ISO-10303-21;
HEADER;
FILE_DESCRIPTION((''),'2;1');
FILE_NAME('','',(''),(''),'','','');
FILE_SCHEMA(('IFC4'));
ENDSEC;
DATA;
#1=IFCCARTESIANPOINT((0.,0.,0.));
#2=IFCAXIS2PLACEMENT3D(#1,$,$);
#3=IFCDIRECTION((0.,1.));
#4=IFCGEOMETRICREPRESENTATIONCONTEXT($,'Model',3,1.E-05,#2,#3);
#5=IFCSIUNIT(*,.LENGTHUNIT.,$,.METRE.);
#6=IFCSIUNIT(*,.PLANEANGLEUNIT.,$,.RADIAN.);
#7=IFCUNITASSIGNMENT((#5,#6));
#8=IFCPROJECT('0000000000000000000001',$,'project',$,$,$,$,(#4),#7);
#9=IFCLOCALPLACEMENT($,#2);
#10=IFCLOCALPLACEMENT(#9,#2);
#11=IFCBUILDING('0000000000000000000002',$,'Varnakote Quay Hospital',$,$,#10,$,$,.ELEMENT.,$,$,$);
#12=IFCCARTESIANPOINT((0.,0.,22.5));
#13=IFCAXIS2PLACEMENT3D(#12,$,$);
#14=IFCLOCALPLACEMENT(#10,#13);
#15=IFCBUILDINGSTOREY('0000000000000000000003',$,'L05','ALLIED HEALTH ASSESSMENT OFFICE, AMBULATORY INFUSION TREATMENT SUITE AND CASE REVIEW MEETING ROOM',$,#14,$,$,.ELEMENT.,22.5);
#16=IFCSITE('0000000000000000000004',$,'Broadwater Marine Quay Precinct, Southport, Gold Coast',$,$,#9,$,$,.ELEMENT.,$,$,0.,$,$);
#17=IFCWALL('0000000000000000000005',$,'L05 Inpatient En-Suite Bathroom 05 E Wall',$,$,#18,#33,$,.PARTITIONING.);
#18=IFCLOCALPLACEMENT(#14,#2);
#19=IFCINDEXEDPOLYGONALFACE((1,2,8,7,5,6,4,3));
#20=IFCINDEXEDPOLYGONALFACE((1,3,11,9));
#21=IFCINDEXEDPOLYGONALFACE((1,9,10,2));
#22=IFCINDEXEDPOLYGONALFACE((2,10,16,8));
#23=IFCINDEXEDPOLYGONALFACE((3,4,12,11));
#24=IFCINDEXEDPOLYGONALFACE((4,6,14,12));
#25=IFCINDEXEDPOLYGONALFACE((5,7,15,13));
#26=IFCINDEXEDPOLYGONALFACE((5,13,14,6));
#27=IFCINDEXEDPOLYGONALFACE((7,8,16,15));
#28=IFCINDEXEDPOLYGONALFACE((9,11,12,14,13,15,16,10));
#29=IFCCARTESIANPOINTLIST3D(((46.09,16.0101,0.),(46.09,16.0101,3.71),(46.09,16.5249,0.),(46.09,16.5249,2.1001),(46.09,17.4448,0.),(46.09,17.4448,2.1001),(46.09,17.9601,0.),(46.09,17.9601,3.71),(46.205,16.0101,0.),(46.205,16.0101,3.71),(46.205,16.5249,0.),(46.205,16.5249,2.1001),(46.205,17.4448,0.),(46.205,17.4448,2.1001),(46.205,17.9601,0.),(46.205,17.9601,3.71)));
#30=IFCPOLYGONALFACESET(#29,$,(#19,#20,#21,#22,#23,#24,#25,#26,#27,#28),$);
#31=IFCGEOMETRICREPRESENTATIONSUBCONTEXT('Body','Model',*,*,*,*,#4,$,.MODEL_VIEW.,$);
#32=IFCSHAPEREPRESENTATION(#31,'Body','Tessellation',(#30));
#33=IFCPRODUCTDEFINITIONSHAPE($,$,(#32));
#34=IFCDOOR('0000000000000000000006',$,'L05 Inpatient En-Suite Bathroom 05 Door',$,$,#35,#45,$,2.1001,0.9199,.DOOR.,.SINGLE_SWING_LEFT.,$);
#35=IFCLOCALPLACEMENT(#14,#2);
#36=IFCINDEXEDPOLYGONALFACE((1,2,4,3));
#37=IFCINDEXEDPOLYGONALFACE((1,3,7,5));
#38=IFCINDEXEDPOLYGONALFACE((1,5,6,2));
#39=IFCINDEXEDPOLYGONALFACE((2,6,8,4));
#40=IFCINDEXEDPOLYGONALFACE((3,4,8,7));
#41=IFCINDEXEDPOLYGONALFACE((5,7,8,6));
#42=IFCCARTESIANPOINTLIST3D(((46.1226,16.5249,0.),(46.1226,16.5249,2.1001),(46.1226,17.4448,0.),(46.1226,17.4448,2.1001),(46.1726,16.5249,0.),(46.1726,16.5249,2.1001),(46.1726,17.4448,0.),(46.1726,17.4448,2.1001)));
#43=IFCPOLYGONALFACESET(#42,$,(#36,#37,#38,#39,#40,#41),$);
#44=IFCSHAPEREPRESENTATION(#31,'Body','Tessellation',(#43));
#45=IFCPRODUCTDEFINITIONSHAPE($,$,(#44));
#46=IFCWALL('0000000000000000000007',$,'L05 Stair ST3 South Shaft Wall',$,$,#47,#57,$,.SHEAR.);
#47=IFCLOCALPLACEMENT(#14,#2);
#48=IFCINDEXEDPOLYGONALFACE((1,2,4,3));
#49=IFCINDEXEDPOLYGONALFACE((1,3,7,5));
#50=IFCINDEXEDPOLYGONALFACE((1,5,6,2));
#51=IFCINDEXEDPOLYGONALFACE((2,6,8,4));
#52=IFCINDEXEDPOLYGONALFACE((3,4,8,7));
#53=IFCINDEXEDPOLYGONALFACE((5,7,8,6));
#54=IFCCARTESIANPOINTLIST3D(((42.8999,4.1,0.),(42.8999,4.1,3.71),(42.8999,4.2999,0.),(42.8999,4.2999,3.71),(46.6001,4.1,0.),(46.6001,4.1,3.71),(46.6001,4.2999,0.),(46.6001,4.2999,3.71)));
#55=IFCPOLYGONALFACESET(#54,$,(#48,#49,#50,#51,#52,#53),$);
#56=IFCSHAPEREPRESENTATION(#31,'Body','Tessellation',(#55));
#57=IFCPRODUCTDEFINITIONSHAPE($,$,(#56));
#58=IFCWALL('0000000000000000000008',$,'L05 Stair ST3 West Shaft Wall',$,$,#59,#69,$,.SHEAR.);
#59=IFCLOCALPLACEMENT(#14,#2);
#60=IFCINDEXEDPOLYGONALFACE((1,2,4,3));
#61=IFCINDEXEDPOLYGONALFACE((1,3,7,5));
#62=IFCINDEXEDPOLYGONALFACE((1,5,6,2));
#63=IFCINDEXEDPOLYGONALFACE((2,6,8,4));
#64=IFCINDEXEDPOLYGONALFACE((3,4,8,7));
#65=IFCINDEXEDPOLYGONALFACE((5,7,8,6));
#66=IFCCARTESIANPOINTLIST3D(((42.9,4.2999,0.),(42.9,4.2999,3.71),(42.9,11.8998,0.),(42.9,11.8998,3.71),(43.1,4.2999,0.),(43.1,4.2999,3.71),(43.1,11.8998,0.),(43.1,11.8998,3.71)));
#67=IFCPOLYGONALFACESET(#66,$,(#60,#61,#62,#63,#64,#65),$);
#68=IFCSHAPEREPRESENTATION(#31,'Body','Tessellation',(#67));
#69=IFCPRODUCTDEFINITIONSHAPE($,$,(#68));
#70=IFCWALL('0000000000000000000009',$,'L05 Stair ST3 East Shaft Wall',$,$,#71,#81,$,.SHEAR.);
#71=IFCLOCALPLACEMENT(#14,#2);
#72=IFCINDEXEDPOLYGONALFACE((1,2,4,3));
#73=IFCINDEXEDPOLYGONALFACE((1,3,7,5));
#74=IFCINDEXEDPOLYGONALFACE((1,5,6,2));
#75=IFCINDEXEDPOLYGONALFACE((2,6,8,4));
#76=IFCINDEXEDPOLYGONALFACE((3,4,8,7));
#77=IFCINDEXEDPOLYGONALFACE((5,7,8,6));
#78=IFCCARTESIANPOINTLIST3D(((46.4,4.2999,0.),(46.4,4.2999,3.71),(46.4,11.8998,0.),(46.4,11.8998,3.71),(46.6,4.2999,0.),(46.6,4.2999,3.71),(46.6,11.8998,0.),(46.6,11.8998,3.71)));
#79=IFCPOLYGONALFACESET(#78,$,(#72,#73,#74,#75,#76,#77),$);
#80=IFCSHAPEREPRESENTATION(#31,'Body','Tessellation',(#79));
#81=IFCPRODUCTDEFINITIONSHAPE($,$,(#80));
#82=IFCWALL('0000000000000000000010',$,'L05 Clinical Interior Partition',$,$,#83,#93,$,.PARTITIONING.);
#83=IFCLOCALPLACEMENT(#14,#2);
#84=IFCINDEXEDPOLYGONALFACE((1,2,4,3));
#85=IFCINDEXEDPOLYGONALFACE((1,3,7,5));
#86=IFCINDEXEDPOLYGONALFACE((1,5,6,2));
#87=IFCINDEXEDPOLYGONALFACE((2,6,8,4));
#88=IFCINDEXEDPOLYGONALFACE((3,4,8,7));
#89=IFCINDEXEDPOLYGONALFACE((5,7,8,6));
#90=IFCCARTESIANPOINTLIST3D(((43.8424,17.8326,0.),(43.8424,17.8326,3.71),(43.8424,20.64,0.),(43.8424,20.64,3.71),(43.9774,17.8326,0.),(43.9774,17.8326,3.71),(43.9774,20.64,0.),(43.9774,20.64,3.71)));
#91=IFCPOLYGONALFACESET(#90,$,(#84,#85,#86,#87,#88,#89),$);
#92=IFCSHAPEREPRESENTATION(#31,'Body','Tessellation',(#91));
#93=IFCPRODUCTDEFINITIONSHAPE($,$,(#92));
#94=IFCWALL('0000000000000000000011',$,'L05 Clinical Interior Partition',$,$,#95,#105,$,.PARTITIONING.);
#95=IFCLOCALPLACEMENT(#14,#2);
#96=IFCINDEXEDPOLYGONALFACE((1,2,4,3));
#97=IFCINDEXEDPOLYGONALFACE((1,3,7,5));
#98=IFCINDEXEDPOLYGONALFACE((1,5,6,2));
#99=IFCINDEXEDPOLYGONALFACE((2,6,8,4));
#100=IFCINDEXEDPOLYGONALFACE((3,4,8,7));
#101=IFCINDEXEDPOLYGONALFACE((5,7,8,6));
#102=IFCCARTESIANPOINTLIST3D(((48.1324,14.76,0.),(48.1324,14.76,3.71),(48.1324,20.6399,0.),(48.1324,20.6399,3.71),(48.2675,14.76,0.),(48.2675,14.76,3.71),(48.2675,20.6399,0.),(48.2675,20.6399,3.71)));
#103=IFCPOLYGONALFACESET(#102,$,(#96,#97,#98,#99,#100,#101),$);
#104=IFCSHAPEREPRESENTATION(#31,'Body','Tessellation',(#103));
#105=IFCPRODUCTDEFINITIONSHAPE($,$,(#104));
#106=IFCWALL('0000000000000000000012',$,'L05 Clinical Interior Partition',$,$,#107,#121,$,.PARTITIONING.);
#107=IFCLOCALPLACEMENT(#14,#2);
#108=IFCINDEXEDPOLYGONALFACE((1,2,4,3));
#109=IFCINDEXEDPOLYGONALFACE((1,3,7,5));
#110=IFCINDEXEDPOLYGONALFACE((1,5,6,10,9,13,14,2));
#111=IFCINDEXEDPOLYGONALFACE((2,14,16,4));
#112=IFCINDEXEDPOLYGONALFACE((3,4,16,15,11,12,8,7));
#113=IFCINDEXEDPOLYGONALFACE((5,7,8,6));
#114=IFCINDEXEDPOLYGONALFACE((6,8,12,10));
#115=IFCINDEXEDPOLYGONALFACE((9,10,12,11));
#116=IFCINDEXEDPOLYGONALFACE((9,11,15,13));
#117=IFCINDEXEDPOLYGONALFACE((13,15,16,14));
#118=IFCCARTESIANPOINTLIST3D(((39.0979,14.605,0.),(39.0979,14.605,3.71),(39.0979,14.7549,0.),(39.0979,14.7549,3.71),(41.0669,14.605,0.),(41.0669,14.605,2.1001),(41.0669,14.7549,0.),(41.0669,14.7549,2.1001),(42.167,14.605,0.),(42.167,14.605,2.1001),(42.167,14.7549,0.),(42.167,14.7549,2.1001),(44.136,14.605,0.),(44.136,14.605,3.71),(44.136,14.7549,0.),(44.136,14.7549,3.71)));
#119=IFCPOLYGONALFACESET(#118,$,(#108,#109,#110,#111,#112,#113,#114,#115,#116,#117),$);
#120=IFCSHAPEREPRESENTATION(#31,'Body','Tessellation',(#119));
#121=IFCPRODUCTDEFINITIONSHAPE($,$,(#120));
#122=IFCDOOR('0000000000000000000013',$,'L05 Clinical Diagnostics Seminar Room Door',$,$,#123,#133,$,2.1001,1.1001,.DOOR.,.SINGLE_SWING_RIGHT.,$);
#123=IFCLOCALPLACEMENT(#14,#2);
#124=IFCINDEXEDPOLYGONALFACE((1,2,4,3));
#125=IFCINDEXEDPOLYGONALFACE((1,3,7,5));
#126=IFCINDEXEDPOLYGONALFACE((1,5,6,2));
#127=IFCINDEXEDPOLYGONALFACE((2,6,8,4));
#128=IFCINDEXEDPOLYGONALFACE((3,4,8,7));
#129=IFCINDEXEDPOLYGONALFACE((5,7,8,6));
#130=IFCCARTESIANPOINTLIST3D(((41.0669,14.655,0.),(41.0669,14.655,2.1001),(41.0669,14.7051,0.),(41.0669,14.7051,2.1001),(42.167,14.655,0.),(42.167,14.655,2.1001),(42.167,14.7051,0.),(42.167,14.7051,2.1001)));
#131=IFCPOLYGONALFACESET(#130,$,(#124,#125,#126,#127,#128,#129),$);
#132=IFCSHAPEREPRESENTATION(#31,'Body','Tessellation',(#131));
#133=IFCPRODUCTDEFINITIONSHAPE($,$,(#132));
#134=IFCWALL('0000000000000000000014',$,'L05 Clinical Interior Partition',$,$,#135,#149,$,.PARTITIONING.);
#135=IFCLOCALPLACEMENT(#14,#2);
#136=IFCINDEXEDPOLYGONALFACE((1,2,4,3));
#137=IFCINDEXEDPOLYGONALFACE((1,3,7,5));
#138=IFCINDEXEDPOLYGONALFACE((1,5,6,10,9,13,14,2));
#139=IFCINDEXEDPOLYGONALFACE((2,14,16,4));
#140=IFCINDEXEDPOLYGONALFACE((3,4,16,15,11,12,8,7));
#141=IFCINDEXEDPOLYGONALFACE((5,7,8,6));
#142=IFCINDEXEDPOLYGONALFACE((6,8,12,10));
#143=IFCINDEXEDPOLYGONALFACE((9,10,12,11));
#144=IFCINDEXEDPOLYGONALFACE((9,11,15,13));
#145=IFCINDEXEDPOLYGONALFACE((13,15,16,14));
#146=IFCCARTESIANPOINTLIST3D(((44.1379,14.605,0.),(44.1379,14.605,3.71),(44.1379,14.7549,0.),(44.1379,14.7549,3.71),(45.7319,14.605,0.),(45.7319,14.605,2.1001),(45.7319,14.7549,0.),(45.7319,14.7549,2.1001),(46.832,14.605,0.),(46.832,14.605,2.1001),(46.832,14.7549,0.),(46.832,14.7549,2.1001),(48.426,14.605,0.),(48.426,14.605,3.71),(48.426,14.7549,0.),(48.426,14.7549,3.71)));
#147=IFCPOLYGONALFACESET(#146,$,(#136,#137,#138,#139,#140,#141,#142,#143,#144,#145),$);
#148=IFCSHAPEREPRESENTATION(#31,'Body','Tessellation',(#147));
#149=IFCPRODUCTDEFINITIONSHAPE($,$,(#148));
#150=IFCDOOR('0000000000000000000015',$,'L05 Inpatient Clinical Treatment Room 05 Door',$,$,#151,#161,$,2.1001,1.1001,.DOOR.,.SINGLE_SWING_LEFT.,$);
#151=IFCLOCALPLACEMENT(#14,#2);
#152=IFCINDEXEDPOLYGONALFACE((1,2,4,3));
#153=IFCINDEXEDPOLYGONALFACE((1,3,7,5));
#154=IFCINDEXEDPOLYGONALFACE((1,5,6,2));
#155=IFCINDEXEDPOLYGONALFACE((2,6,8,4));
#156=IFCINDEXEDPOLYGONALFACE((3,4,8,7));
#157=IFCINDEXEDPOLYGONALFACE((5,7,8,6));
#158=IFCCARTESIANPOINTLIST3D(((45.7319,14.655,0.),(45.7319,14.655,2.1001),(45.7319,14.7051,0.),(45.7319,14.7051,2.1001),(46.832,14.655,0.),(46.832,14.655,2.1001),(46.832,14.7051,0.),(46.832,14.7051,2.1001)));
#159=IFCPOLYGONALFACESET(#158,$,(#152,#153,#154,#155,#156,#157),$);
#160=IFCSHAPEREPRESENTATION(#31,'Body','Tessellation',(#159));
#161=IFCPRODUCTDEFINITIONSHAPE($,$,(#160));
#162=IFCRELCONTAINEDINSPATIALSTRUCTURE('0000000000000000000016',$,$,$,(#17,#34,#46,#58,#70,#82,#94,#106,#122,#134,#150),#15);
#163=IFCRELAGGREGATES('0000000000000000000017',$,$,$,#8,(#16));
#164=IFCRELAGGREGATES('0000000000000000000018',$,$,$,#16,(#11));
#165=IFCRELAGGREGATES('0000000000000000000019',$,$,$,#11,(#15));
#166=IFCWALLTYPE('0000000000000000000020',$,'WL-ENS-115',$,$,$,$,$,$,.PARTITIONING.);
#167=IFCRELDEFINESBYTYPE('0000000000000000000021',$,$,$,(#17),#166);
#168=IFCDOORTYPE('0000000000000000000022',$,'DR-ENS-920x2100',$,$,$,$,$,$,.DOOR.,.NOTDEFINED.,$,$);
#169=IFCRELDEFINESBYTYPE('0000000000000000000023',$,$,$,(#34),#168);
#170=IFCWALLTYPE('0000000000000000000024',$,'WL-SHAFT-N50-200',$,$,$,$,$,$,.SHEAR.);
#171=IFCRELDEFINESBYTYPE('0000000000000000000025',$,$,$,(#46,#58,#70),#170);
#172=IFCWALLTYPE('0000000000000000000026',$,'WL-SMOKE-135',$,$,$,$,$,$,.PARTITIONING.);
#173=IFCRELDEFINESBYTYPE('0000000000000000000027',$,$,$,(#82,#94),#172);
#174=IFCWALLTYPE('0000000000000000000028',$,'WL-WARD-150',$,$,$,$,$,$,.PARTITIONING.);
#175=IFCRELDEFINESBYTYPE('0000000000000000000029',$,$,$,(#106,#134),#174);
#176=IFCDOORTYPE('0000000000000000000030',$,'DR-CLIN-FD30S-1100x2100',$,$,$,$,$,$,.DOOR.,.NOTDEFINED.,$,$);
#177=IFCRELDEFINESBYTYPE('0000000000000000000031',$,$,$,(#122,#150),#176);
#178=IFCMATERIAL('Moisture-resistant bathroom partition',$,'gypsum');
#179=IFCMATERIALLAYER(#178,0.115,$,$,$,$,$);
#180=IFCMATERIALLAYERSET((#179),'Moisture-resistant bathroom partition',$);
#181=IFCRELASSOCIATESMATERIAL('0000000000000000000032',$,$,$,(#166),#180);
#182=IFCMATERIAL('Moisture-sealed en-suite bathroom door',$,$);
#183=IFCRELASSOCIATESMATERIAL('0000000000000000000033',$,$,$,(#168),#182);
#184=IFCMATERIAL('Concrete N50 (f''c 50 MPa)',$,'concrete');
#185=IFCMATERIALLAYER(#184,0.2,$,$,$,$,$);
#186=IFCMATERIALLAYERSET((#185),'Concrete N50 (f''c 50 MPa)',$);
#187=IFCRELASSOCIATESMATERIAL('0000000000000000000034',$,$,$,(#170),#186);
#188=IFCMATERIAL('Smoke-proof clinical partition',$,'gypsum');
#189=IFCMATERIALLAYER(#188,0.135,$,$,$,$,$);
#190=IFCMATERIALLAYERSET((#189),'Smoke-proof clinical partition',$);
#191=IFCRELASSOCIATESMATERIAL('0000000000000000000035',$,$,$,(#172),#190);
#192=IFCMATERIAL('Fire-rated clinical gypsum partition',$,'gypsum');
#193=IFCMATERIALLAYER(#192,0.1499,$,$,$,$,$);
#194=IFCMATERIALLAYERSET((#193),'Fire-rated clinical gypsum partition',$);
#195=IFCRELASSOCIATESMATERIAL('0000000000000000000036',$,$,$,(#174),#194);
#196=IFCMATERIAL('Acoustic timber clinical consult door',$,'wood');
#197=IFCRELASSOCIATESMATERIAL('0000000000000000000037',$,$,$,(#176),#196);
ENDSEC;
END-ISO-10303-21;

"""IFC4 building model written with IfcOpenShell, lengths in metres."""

from ifc_helpers import new_model, si_unit, direction, frame, frame_2d, origin, place, context, subcontext, project, spatial, rectangle, extrude, material, layer, layer_set, type_object, element, fill, save


model = new_model("IFC4")

# Units and contexts
model_context = context("Model", 3, precision=1e-05, world=origin(), true_north=direction((0.0, 1.0)))
body_context = subcontext(model_context, "Body", "Model", "MODEL_VIEW")
ifc_project = project(units=[si_unit("LENGTHUNIT", "METRE"), si_unit("PLANEANGLEUNIT", "RADIAN")], contexts=[model_context])

# Site, building, storey
site_placement = place(None, origin())
site = spatial("IfcSite", under=ifc_project, at=site_placement, Name="Broadwater Marine Quay Precinct, Southport, Gold Coast", CompositionType="ELEMENT", RefElevation=0.0)
building_placement = place(site_placement, origin())
building = spatial("IfcBuilding", under=site, at=building_placement, Name="Varnakote Quay Hospital", CompositionType="ELEMENT")
storey_placement = place(building_placement, frame((0.0, 0.0, 22.5)))
storey = spatial("IfcBuildingStorey", under=building, at=storey_placement, Name="L05", Description="ALLIED HEALTH ASSESSMENT OFFICE, AMBULATORY INFUSION TREATMENT SUITE AND CASE REVIEW MEETING ROOM", CompositionType="ELEMENT", Elevation=22.5)

# Shared definitions
ifc_material_1 = material(Name="Moisture-resistant bathroom partition", Category="gypsum")
ifc_layer_1 = layer(ifc_material_1, 0.115)
ifc_layer_set_1 = layer_set([ifc_layer_1], Name="Moisture-resistant bathroom partition")
wall_type_1 = type_object("IfcWallType", Name="WL-ENS-115", PredefinedType="PARTITIONING", material=ifc_layer_set_1)

# Wall, opening, door
wall_1_placement = place(storey_placement, frame((46.1475, 16.01, 0.0), z_axis=(0.0, 0.0, 1.0), x_axis=(0.0, 1.0, 0.0)))
wall_1 = element("IfcWall", 1, at=wall_1_placement, inside=storey, type_object=wall_type_1, Name="L05 Inpatient En-Suite Bathroom 05 E Wall", PredefinedType="PARTITIONING", context=body_context, shape_type="SweptSolid", body=[
    extrude(rectangle(XDim=1.95, YDim=0.115, at=frame_2d((0.9751, 0.0))), origin(), (0.0, 0.0, 1.0), 3.71),
])
opening_1_placement = place(wall_1_placement, frame((0.5149, 0.0, 0.0)))
opening_1 = element("IfcOpeningElement", 2, at=opening_1_placement, cuts=wall_1, PredefinedType="OPENING", context=body_context, shape_type="SweptSolid", body=[
    extrude(rectangle(XDim=0.9199, YDim=2.1001, at=frame_2d((0.46, 1.05))), frame((0.0, 0.0674, 0.0), z_axis=(0.0, -1.0, 0.0), x_axis=(1.0, 0.0, 0.0)), (0.0, 0.0, 1.0), 0.135),
])
ifc_material_2 = material(Name="Moisture-sealed en-suite bathroom door")
door_type_1 = type_object("IfcDoorType", Name="DR-ENS-920x2100", OperationType="NOTDEFINED", PredefinedType="DOOR", material=ifc_material_2)
door_1_placement = place(opening_1_placement, origin())
door_1 = element("IfcDoor", 3, at=door_1_placement, inside=storey, type_object=door_type_1, Name="L05 Inpatient En-Suite Bathroom 05 Door", OperationType="SINGLE_SWING_LEFT", OverallHeight=2.1001, OverallWidth=0.9199, PredefinedType="DOOR", context=body_context, shape_type="SweptSolid", body=[
    extrude(rectangle(XDim=0.9199, YDim=2.1001, at=frame_2d((0.46, 1.05))), frame((0.0, 0.0249, 0.0), z_axis=(0.0, -1.0, 0.0), x_axis=(1.0, 0.0, 0.0)), (0.0, 0.0, 1.0), 0.05),
])
fill(opening_1, door_1)

# Walls
ifc_material_3 = material(Name="Concrete N50 (f'c 50 MPa)", Category="concrete")
ifc_layer_2 = layer(ifc_material_3, 0.2)
ifc_layer_set_2 = layer_set([ifc_layer_2], Name="Concrete N50 (f'c 50 MPa)")
wall_type_2 = type_object("IfcWallType", Name="WL-SHAFT-N50-200", PredefinedType="SHEAR", material=ifc_layer_set_2)
wall_2_placement = place(storey_placement, frame((42.8999, 4.2, 0.0), z_axis=(0.0, 0.0, 1.0), x_axis=(1.0, 0.0, 0.0)))
element("IfcWall", 4, at=wall_2_placement, inside=storey, type_object=wall_type_2, Name="L05 Stair ST3 South Shaft Wall", PredefinedType="SHEAR", context=body_context, shape_type="SweptSolid", body=[
    extrude(rectangle(XDim=3.7002, YDim=0.2, at=frame_2d((1.8501, 0.0))), origin(), (0.0, 0.0, 1.0), 3.71),
])
for number, where, z_axis, x_axis, name in (
    (5, (43.0, 4.3, 0.0), (0.0, 0.0, 1.0), (0.0, 1.0, 0.0), "L05 Stair ST3 West Shaft Wall"),
    (6, (46.5, 4.3, 0.0), (0.0, 0.0, 1.0), (0.0, 1.0, 0.0), "L05 Stair ST3 East Shaft Wall"),
):
    element("IfcWall", number, at=place(storey_placement, frame(where, z_axis=z_axis, x_axis=x_axis)), inside=storey, type_object=wall_type_2, Name=name, PredefinedType="SHEAR", context=body_context, shape_type="SweptSolid", body=[
        extrude(rectangle(XDim=7.5999, YDim=0.2, at=frame_2d((3.7998, 0.0))), origin(), (0.0, 0.0, 1.0), 3.71),
    ])

# Walls
ifc_material_4 = material(Name="Smoke-proof clinical partition", Category="gypsum")
ifc_layer_3 = layer(ifc_material_4, 0.135)
ifc_layer_set_3 = layer_set([ifc_layer_3], Name="Smoke-proof clinical partition")
wall_type_3 = type_object("IfcWallType", Name="WL-SMOKE-135", PredefinedType="PARTITIONING", material=ifc_layer_set_3)
wall_3_placement = place(storey_placement, frame((43.9099, 17.8325, 0.0), z_axis=(0.0, 0.0, 1.0), x_axis=(0.0, 1.0, 0.0)))
element("IfcWall", 7, at=wall_3_placement, inside=storey, type_object=wall_type_3, Name="L05 Clinical Interior Partition", PredefinedType="PARTITIONING", context=body_context, shape_type="SweptSolid", body=[
    extrude(rectangle(XDim=2.8074, YDim=0.135, at=frame_2d((1.4038, 0.0))), origin(), (0.0, 0.0, 1.0), 3.71),
])
wall_4_placement = place(storey_placement, frame((48.2, 14.76, 0.0), z_axis=(0.0, 0.0, 1.0), x_axis=(0.0, 1.0, 0.0)))
element("IfcWall", 8, at=wall_4_placement, inside=storey, type_object=wall_type_3, Name="L05 Clinical Interior Partition", PredefinedType="PARTITIONING", context=body_context, shape_type="SweptSolid", body=[
    extrude(rectangle(XDim=5.8799, YDim=0.135, at=frame_2d((2.9399, 0.0))), origin(), (0.0, 0.0, 1.0), 3.71),
])

# Walls, openings, doors
ifc_material_5 = material(Name="Fire-rated clinical gypsum partition", Category="gypsum")
ifc_layer_4 = layer(ifc_material_5, 0.1499)
ifc_layer_set_4 = layer_set([ifc_layer_4], Name="Fire-rated clinical gypsum partition")
wall_type_4 = type_object("IfcWallType", Name="WL-WARD-150", PredefinedType="PARTITIONING", material=ifc_layer_set_4)
wall_5_placement = place(storey_placement, frame((44.136, 14.6799, 0.0), z_axis=(0.0, 0.0, 1.0), x_axis=(-1.0, 0.0, 0.0)))
wall_5 = element("IfcWall", 9, at=wall_5_placement, inside=storey, type_object=wall_type_4, Name="L05 Clinical Interior Partition", PredefinedType="PARTITIONING", context=body_context, shape_type="SweptSolid", body=[
    extrude(rectangle(XDim=5.0381, YDim=0.1499, at=frame_2d((2.519, 0.0))), origin(), (0.0, 0.0, 1.0), 3.71),
])
opening_2_placement = place(wall_5_placement, frame((1.969, 0.0, 0.0)))
opening_2 = element("IfcOpeningElement", 10, at=opening_2_placement, cuts=wall_5, PredefinedType="OPENING", context=body_context, shape_type="SweptSolid", body=[
    extrude(rectangle(XDim=1.1001, YDim=2.1001, at=frame_2d((0.55, 1.05))), frame((0.0, 0.085, 0.0), z_axis=(0.0, -1.0, 0.0), x_axis=(1.0, 0.0, 0.0)), (0.0, 0.0, 1.0), 0.1699),
])
ifc_material_6 = material(Name="Acoustic timber clinical consult door", Category="wood")
door_type_2 = type_object("IfcDoorType", Name="DR-CLIN-FD30S-1100x2100", OperationType="NOTDEFINED", PredefinedType="DOOR", material=ifc_material_6)
door_2_placement = place(opening_2_placement, origin())
door_2 = element("IfcDoor", 11, at=door_2_placement, inside=storey, type_object=door_type_2, Name="L05 Clinical Diagnostics Seminar Room Door", OperationType="SINGLE_SWING_RIGHT", OverallHeight=2.1001, OverallWidth=1.1001, PredefinedType="DOOR", context=body_context, shape_type="SweptSolid", body=[
    extrude(rectangle(XDim=1.1001, YDim=2.1001, at=frame_2d((0.55, 1.05))), frame((0.0, 0.0249, 0.0), z_axis=(0.0, -1.0, 0.0), x_axis=(1.0, 0.0, 0.0)), (0.0, 0.0, 1.0), 0.05),
])
fill(opening_2, door_2)
wall_6_placement = place(storey_placement, frame((48.426, 14.6799, 0.0), z_axis=(0.0, 0.0, 1.0), x_axis=(-1.0, 0.0, 0.0)))
wall_6 = element("IfcWall", 12, at=wall_6_placement, inside=storey, type_object=wall_type_4, Name="L05 Clinical Interior Partition", PredefinedType="PARTITIONING", context=body_context, shape_type="SweptSolid", body=[
    extrude(rectangle(XDim=4.2881, YDim=0.1499, at=frame_2d((2.144, 0.0))), origin(), (0.0, 0.0, 1.0), 3.71),
])
opening_3_placement = place(wall_6_placement, frame((1.594, 0.0, 0.0)))
opening_3 = element("IfcOpeningElement", 13, at=opening_3_placement, cuts=wall_6, PredefinedType="OPENING", context=body_context, shape_type="SweptSolid", body=[
    extrude(rectangle(XDim=1.1001, YDim=2.1001, at=frame_2d((0.55, 1.05))), frame((0.0, 0.085, 0.0), z_axis=(0.0, -1.0, 0.0), x_axis=(1.0, 0.0, 0.0)), (0.0, 0.0, 1.0), 0.1699),
])
door_3_placement = place(opening_3_placement, origin())
door_3 = element("IfcDoor", 14, at=door_3_placement, inside=storey, type_object=door_type_2, Name="L05 Inpatient Clinical Treatment Room 05 Door", OperationType="SINGLE_SWING_LEFT", OverallHeight=2.1001, OverallWidth=1.1001, PredefinedType="DOOR", context=body_context, shape_type="SweptSolid", body=[
    extrude(rectangle(XDim=1.1001, YDim=2.1001, at=frame_2d((0.55, 1.05))), frame((0.0, 0.0249, 0.0), z_axis=(0.0, -1.0, 0.0), x_axis=(1.0, 0.0, 0.0)), (0.0, 0.0, 1.0), 0.05),
])
fill(opening_3, door_3)

save(model, "model.ifc")
